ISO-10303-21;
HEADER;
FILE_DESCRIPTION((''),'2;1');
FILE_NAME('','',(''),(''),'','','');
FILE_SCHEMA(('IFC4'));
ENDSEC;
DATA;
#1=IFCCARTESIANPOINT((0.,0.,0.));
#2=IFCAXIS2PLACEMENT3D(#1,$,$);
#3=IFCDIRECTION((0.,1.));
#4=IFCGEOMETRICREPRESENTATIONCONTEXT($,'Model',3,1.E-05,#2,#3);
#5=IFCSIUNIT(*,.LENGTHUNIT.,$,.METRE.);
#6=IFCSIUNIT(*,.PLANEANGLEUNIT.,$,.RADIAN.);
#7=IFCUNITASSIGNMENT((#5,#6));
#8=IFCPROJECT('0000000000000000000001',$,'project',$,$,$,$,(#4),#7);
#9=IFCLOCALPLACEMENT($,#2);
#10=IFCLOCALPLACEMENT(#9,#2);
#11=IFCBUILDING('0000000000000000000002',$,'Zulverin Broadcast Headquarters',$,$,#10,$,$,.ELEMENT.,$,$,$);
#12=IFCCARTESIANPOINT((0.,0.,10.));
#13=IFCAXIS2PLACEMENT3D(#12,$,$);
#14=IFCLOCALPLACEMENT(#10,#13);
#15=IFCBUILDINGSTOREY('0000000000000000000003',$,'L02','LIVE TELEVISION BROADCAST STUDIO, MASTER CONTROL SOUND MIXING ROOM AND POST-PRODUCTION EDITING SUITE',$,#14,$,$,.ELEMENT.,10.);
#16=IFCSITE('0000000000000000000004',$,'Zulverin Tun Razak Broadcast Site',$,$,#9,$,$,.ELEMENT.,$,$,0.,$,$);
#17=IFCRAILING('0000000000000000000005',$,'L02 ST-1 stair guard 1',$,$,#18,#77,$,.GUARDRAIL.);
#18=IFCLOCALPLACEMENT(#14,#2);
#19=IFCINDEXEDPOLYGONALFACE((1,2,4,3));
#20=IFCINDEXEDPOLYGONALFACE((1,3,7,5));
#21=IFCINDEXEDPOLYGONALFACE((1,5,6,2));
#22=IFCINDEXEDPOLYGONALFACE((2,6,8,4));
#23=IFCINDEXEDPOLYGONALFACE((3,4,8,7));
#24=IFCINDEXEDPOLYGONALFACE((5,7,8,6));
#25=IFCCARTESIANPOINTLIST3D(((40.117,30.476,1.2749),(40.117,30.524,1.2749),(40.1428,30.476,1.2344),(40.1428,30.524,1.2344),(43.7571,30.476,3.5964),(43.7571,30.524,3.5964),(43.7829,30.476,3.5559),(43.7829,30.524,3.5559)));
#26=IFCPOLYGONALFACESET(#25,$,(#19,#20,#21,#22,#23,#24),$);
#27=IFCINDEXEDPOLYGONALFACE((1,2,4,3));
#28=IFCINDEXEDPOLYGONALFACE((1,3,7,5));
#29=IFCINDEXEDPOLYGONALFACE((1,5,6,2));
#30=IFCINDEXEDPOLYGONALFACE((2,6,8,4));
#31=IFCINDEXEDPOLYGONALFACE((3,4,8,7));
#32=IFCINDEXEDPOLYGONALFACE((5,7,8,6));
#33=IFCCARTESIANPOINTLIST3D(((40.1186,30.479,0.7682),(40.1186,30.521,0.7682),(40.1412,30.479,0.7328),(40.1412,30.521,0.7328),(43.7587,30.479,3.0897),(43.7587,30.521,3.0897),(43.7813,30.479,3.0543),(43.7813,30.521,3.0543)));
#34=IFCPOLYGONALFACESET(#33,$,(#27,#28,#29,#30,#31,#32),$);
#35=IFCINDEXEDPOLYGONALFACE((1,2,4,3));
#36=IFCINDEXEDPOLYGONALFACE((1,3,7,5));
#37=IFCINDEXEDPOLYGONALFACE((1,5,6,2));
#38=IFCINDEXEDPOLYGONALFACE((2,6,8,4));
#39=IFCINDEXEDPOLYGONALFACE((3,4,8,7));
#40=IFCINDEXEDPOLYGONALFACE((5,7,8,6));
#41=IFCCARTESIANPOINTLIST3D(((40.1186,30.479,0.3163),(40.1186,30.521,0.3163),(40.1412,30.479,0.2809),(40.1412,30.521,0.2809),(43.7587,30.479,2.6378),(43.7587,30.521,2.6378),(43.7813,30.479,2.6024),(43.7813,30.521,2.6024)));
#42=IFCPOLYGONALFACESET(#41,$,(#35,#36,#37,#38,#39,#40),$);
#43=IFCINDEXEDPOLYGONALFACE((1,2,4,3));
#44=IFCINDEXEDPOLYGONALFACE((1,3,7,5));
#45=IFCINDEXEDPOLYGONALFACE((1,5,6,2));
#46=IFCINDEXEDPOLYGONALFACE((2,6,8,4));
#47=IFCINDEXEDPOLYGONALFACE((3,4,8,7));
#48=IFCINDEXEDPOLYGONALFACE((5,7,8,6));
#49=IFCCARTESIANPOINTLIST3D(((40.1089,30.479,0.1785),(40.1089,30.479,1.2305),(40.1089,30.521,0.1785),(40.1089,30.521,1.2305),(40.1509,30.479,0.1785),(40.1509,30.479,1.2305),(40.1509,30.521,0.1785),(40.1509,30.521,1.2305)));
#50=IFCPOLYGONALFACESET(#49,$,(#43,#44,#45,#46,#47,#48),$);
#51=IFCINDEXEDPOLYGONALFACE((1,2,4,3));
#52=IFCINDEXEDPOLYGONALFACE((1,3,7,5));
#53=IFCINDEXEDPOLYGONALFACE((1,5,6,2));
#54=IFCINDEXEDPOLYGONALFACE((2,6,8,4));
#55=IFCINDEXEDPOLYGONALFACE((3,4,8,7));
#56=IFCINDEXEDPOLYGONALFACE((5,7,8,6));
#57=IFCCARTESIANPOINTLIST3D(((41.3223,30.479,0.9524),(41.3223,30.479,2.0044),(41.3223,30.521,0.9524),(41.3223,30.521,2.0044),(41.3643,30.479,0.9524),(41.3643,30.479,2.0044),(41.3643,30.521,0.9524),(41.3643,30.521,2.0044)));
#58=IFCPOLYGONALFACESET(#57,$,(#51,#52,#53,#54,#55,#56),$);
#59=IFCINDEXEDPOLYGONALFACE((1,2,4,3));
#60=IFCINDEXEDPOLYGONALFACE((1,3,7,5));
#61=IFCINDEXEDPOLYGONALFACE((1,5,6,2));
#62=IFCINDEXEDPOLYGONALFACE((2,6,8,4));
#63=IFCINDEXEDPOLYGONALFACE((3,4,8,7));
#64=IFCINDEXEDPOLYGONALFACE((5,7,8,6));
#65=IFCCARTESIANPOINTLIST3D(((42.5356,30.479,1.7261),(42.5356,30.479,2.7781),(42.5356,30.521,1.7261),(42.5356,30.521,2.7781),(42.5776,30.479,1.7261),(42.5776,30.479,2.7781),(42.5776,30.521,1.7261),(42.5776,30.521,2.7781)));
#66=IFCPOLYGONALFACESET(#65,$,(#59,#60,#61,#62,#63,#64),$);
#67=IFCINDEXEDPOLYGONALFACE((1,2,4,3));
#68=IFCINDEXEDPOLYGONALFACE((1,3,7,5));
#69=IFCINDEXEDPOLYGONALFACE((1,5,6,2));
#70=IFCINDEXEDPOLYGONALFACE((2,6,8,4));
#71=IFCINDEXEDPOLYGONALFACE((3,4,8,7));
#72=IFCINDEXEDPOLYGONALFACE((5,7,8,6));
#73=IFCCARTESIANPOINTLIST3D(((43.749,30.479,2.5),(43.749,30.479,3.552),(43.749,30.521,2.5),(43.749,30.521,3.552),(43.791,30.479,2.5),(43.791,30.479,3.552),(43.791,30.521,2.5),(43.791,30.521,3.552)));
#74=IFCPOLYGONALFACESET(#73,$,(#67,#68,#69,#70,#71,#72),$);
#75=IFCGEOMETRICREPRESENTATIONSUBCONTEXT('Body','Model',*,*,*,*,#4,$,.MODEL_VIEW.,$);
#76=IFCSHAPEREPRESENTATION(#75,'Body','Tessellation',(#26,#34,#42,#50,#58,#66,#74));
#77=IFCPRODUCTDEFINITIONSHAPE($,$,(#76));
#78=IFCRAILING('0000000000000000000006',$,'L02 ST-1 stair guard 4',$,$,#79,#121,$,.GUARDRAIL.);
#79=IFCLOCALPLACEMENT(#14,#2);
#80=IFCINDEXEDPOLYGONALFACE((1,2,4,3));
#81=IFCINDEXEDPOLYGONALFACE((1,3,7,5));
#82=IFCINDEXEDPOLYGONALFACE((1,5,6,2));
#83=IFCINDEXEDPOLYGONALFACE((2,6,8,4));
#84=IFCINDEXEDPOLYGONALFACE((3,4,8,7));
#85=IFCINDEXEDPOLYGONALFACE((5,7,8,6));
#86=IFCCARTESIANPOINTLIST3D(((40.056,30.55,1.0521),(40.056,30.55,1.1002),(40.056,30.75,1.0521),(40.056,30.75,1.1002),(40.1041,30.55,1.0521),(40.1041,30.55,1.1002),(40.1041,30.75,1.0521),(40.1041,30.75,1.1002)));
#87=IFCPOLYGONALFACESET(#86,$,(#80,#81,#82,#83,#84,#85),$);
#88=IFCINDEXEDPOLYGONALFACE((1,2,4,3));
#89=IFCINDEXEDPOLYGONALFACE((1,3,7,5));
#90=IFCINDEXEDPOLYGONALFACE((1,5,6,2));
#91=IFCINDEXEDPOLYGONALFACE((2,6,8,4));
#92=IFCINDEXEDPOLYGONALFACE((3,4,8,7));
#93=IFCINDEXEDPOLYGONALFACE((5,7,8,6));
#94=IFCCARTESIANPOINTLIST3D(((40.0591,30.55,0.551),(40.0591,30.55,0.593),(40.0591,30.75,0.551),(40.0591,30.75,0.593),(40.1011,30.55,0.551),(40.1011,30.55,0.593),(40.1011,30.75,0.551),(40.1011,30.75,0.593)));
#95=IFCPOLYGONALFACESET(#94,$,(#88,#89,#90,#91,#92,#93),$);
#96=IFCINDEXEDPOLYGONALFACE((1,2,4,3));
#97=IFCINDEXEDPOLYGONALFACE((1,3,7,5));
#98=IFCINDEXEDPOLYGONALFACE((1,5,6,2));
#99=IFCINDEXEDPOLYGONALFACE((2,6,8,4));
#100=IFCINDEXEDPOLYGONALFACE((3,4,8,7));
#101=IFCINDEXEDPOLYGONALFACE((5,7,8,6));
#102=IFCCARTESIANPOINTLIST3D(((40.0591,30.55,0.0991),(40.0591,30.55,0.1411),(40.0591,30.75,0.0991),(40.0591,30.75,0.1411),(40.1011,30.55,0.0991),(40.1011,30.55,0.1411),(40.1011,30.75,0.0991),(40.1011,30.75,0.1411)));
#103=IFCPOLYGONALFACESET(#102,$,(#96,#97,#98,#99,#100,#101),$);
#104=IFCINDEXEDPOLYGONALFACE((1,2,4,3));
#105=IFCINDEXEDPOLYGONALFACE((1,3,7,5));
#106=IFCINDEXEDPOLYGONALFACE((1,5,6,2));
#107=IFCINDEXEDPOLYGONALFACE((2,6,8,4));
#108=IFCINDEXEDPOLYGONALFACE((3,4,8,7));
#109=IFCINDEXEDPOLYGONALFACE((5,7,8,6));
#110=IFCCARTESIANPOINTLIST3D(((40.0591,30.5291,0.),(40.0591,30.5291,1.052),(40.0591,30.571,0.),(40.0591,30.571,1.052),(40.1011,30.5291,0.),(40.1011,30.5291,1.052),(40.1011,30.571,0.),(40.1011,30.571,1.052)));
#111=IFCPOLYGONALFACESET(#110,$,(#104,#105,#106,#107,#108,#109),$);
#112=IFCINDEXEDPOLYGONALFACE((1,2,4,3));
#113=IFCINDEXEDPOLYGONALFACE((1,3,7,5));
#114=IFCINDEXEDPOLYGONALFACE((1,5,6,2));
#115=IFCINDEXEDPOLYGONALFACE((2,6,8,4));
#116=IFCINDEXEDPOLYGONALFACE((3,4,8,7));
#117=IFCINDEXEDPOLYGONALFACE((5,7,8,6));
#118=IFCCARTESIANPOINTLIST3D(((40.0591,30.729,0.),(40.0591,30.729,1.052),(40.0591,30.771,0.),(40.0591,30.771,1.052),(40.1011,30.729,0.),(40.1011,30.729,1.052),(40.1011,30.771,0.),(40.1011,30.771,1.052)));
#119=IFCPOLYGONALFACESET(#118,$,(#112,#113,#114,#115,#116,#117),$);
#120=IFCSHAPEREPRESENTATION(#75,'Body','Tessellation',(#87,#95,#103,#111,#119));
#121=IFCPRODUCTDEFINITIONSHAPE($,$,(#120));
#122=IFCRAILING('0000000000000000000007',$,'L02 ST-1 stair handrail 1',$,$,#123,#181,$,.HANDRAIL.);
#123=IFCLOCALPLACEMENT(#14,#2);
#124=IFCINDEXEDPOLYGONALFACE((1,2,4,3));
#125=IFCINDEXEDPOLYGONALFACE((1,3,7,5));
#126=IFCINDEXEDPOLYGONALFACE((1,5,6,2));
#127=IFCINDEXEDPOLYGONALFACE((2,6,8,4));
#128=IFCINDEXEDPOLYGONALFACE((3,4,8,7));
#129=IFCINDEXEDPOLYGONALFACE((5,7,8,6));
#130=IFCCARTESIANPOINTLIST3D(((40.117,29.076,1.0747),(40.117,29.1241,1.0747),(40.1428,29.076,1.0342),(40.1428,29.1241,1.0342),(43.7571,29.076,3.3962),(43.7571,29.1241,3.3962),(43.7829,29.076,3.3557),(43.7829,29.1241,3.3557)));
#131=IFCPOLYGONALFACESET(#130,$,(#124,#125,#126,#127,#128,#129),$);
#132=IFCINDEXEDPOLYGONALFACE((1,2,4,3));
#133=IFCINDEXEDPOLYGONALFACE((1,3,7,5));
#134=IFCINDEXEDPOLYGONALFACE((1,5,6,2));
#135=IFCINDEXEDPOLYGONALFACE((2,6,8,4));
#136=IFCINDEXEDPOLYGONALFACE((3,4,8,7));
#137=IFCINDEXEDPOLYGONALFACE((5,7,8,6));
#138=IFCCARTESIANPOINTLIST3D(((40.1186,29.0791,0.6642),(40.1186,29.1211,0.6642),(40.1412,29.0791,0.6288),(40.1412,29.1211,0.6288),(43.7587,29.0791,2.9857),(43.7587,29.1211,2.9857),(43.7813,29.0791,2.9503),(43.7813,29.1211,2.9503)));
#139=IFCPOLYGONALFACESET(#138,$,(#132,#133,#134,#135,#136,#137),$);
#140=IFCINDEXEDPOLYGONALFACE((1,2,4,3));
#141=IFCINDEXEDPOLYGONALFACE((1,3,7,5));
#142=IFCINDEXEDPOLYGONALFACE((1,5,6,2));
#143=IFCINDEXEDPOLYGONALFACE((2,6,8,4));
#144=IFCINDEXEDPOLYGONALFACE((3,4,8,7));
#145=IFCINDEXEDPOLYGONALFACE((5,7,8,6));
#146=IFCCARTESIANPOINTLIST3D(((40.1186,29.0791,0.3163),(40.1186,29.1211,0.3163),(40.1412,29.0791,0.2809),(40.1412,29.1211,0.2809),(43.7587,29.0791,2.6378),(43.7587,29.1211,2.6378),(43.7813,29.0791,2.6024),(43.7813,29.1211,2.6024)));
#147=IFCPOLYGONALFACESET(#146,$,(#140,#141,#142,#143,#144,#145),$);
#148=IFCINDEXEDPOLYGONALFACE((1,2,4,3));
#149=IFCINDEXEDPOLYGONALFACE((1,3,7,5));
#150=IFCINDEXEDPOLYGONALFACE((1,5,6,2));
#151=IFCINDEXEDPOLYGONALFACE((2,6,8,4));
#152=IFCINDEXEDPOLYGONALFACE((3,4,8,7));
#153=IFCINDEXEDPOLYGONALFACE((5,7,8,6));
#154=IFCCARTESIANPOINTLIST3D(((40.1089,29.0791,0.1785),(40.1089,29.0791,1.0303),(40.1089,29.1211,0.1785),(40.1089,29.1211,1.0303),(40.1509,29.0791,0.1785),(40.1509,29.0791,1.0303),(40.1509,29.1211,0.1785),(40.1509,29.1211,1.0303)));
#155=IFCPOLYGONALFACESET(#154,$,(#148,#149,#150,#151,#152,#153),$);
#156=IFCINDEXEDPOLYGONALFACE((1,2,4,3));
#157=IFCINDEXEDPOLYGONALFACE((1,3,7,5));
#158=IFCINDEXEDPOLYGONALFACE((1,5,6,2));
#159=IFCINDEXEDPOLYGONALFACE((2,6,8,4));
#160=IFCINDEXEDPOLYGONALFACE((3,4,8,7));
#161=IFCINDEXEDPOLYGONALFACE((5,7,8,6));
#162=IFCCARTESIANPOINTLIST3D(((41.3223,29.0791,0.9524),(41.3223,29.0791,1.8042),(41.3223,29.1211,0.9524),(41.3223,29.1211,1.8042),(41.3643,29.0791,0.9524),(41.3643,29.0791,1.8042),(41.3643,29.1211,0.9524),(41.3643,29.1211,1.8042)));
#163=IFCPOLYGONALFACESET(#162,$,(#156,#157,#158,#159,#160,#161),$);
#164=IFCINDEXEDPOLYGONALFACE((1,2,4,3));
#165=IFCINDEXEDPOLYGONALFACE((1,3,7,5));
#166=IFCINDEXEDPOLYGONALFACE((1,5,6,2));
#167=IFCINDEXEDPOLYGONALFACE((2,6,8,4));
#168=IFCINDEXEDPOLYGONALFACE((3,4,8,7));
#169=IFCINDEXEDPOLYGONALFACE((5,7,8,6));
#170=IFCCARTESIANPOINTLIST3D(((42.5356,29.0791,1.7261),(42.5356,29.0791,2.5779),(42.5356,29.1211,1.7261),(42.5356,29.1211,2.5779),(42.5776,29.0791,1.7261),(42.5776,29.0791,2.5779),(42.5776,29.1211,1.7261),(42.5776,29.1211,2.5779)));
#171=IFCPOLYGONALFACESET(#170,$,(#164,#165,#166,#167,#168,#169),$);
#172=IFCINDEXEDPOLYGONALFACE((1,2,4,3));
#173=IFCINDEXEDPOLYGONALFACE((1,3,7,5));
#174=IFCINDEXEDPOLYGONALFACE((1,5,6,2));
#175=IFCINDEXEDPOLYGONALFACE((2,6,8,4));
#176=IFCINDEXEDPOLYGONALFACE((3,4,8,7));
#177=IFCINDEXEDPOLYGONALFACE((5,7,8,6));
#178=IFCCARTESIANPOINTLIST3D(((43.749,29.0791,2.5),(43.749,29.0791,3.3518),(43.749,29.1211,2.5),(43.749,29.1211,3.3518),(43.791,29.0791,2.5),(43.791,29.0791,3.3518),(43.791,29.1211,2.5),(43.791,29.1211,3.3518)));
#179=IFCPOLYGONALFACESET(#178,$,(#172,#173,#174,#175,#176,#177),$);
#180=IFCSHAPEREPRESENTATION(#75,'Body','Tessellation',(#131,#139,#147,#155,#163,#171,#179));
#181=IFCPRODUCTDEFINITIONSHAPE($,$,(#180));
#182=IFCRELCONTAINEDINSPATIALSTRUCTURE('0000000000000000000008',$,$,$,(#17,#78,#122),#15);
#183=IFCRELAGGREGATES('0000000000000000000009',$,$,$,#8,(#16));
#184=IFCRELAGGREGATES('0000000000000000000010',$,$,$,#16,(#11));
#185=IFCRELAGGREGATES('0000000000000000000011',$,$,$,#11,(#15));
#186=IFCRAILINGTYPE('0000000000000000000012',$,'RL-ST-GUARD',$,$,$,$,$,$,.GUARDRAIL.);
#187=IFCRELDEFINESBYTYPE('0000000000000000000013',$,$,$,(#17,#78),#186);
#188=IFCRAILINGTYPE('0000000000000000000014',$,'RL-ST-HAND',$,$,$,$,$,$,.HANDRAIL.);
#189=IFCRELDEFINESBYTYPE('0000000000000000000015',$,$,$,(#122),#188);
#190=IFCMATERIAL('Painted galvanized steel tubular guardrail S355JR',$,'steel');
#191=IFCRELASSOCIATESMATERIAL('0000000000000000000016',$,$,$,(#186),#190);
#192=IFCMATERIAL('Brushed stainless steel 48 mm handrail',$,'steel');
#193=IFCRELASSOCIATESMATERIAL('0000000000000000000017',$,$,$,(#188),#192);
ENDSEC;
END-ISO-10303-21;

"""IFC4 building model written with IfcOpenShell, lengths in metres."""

from ifc_helpers import new_model, si_unit, direction, frame, origin, origin_2d, place, context, subcontext, project, spatial, rectangle, extrude, material, type_object, element, save


model = new_model("IFC4")

# Units and contexts
model_context = context("Model", 3, precision=1e-05, world=origin(), true_north=direction((0.0, 1.0)))
body_context = subcontext(model_context, "Body", "Model", "MODEL_VIEW")
ifc_project = project(units=[si_unit("LENGTHUNIT", "METRE"), si_unit("PLANEANGLEUNIT", "RADIAN")], contexts=[model_context])

# Site, building, storey
site_placement = place(None, origin())
site = spatial("IfcSite", under=ifc_project, at=site_placement, Name="Zulverin Tun Razak Broadcast Site", CompositionType="ELEMENT", RefElevation=0.0)
building_placement = place(site_placement, origin())
building = spatial("IfcBuilding", under=site, at=building_placement, Name="Zulverin Broadcast Headquarters", CompositionType="ELEMENT")
storey_placement = place(building_placement, frame((0.0, 0.0, 10.0)))
storey = spatial("IfcBuildingStorey", under=building, at=storey_placement, Name="L02", Description="LIVE TELEVISION BROADCAST STUDIO, MASTER CONTROL SOUND MIXING ROOM AND POST-PRODUCTION EDITING SUITE", CompositionType="ELEMENT", Elevation=10.0)

# Railings
ifc_material_1 = material(Name="Painted galvanized steel tubular guardrail S355JR", Category="steel")
railing_type_1 = type_object("IfcRailingType", Name="RL-ST-GUARD", PredefinedType="GUARDRAIL", material=ifc_material_1)
railing_1_placement = place(storey_placement, frame((40.1299, 30.5, 0.1785)))
element("IfcRailing", 1, at=railing_1_placement, inside=storey, type_object=railing_type_1, Name="L02 ST-1 stair guard 1", PredefinedType="GUARDRAIL", context=body_context, shape_type="SweptSolid", body=[
    extrude(rectangle(XDim=0.0481, YDim=0.0481, at=origin_2d()), frame((0.0, 0.0, 1.0762), z_axis=(0.843128, 0.0, 0.537713), x_axis=(0.0, 1.0, 0.0)), (0.0, 0.0, 1.0), 4.3174),
    extrude(rectangle(XDim=0.042, YDim=0.042, at=origin_2d()), frame((0.0, 0.0, 0.572), z_axis=(0.843128, 0.0, 0.537713), x_axis=(0.0, 1.0, 0.0)), (0.0, 0.0, 1.0), 4.3174),
    extrude(rectangle(XDim=0.042, YDim=0.042, at=origin_2d()), frame((0.0, 0.0, 0.1201), z_axis=(0.843128, 0.0, 0.537713), x_axis=(0.0, 1.0, 0.0)), (0.0, 0.0, 1.0), 4.3174),
    extrude(rectangle(XDim=0.042, YDim=0.042, at=origin_2d()), origin(), (0.0, 0.0, 1.0), 1.052),
    extrude(rectangle(XDim=0.042, YDim=0.042, at=origin_2d()), frame((1.2134, 0.0, 0.7739)), (0.0, 0.0, 1.0), 1.052),
    extrude(rectangle(XDim=0.042, YDim=0.042, at=origin_2d()), frame((2.4268, 0.0, 1.5476)), (0.0, 0.0, 1.0), 1.052),
    extrude(rectangle(XDim=0.042, YDim=0.042, at=origin_2d()), frame((3.6401, 0.0, 2.3215)), (0.0, 0.0, 1.0), 1.052),
])
railing_2_placement = place(storey_placement, frame((40.0801, 30.55, 0.0)))
element("IfcRailing", 2, at=railing_2_placement, inside=storey, type_object=railing_type_1, Name="L02 ST-1 stair guard 4", PredefinedType="GUARDRAIL", context=body_context, shape_type="SweptSolid", body=[
    extrude(rectangle(XDim=0.0481, YDim=0.0481, at=origin_2d()), frame((0.0, 0.0, 1.0762), z_axis=(0.0, 1.0, 0.0), x_axis=(-1.0, 0.0, 0.0)), (0.0, 0.0, 1.0), 0.2),
    extrude(rectangle(XDim=0.042, YDim=0.042, at=origin_2d()), frame((0.0, 0.0, 0.572), z_axis=(0.0, 1.0, 0.0), x_axis=(-1.0, 0.0, 0.0)), (0.0, 0.0, 1.0), 0.2),
    extrude(rectangle(XDim=0.042, YDim=0.042, at=origin_2d()), frame((0.0, 0.0, 0.1201), z_axis=(0.0, 1.0, 0.0), x_axis=(-1.0, 0.0, 0.0)), (0.0, 0.0, 1.0), 0.2),
    extrude(rectangle(XDim=0.042, YDim=0.042, at=origin_2d()), origin(), (0.0, 0.0, 1.0), 1.052),
    extrude(rectangle(XDim=0.042, YDim=0.042, at=origin_2d()), frame((0.0, 0.2, 0.0)), (0.0, 0.0, 1.0), 1.052),
])
ifc_material_2 = material(Name="Brushed stainless steel 48 mm handrail", Category="steel")
railing_type_2 = type_object("IfcRailingType", Name="RL-ST-HAND", PredefinedType="HANDRAIL", material=ifc_material_2)
railing_3_placement = place(storey_placement, frame((40.1299, 29.1001, 0.1785)))
element("IfcRailing", 3, at=railing_3_placement, inside=storey, type_object=railing_type_2, Name="L02 ST-1 stair handrail 1", PredefinedType="HANDRAIL", context=body_context, shape_type="SweptSolid", body=[
    extrude(rectangle(XDim=0.0481, YDim=0.0481, at=origin_2d()), frame((0.0, 0.0, 0.876), z_axis=(0.843128, 0.0, 0.537713), x_axis=(0.0, 1.0, 0.0)), (0.0, 0.0, 1.0), 4.3174),
    extrude(rectangle(XDim=0.042, YDim=0.042, at=origin_2d()), frame((0.0, 0.0, 0.468), z_axis=(0.843128, 0.0, 0.537713), x_axis=(0.0, 1.0, 0.0)), (0.0, 0.0, 1.0), 4.3174),
    extrude(rectangle(XDim=0.042, YDim=0.042, at=origin_2d()), frame((0.0, 0.0, 0.1201), z_axis=(0.843128, 0.0, 0.537713), x_axis=(0.0, 1.0, 0.0)), (0.0, 0.0, 1.0), 4.3174),
    extrude(rectangle(XDim=0.042, YDim=0.042, at=origin_2d()), origin(), (0.0, 0.0, 1.0), 0.8518),
    extrude(rectangle(XDim=0.042, YDim=0.042, at=origin_2d()), frame((1.2134, 0.0, 0.7739)), (0.0, 0.0, 1.0), 0.8518),
    extrude(rectangle(XDim=0.042, YDim=0.042, at=origin_2d()), frame((2.4268, 0.0, 1.5476)), (0.0, 0.0, 1.0), 0.8518),
    extrude(rectangle(XDim=0.042, YDim=0.042, at=origin_2d()), frame((3.6401, 0.0, 2.3215)), (0.0, 0.0, 1.0), 0.8518),
])

save(model, "model.ifc")
